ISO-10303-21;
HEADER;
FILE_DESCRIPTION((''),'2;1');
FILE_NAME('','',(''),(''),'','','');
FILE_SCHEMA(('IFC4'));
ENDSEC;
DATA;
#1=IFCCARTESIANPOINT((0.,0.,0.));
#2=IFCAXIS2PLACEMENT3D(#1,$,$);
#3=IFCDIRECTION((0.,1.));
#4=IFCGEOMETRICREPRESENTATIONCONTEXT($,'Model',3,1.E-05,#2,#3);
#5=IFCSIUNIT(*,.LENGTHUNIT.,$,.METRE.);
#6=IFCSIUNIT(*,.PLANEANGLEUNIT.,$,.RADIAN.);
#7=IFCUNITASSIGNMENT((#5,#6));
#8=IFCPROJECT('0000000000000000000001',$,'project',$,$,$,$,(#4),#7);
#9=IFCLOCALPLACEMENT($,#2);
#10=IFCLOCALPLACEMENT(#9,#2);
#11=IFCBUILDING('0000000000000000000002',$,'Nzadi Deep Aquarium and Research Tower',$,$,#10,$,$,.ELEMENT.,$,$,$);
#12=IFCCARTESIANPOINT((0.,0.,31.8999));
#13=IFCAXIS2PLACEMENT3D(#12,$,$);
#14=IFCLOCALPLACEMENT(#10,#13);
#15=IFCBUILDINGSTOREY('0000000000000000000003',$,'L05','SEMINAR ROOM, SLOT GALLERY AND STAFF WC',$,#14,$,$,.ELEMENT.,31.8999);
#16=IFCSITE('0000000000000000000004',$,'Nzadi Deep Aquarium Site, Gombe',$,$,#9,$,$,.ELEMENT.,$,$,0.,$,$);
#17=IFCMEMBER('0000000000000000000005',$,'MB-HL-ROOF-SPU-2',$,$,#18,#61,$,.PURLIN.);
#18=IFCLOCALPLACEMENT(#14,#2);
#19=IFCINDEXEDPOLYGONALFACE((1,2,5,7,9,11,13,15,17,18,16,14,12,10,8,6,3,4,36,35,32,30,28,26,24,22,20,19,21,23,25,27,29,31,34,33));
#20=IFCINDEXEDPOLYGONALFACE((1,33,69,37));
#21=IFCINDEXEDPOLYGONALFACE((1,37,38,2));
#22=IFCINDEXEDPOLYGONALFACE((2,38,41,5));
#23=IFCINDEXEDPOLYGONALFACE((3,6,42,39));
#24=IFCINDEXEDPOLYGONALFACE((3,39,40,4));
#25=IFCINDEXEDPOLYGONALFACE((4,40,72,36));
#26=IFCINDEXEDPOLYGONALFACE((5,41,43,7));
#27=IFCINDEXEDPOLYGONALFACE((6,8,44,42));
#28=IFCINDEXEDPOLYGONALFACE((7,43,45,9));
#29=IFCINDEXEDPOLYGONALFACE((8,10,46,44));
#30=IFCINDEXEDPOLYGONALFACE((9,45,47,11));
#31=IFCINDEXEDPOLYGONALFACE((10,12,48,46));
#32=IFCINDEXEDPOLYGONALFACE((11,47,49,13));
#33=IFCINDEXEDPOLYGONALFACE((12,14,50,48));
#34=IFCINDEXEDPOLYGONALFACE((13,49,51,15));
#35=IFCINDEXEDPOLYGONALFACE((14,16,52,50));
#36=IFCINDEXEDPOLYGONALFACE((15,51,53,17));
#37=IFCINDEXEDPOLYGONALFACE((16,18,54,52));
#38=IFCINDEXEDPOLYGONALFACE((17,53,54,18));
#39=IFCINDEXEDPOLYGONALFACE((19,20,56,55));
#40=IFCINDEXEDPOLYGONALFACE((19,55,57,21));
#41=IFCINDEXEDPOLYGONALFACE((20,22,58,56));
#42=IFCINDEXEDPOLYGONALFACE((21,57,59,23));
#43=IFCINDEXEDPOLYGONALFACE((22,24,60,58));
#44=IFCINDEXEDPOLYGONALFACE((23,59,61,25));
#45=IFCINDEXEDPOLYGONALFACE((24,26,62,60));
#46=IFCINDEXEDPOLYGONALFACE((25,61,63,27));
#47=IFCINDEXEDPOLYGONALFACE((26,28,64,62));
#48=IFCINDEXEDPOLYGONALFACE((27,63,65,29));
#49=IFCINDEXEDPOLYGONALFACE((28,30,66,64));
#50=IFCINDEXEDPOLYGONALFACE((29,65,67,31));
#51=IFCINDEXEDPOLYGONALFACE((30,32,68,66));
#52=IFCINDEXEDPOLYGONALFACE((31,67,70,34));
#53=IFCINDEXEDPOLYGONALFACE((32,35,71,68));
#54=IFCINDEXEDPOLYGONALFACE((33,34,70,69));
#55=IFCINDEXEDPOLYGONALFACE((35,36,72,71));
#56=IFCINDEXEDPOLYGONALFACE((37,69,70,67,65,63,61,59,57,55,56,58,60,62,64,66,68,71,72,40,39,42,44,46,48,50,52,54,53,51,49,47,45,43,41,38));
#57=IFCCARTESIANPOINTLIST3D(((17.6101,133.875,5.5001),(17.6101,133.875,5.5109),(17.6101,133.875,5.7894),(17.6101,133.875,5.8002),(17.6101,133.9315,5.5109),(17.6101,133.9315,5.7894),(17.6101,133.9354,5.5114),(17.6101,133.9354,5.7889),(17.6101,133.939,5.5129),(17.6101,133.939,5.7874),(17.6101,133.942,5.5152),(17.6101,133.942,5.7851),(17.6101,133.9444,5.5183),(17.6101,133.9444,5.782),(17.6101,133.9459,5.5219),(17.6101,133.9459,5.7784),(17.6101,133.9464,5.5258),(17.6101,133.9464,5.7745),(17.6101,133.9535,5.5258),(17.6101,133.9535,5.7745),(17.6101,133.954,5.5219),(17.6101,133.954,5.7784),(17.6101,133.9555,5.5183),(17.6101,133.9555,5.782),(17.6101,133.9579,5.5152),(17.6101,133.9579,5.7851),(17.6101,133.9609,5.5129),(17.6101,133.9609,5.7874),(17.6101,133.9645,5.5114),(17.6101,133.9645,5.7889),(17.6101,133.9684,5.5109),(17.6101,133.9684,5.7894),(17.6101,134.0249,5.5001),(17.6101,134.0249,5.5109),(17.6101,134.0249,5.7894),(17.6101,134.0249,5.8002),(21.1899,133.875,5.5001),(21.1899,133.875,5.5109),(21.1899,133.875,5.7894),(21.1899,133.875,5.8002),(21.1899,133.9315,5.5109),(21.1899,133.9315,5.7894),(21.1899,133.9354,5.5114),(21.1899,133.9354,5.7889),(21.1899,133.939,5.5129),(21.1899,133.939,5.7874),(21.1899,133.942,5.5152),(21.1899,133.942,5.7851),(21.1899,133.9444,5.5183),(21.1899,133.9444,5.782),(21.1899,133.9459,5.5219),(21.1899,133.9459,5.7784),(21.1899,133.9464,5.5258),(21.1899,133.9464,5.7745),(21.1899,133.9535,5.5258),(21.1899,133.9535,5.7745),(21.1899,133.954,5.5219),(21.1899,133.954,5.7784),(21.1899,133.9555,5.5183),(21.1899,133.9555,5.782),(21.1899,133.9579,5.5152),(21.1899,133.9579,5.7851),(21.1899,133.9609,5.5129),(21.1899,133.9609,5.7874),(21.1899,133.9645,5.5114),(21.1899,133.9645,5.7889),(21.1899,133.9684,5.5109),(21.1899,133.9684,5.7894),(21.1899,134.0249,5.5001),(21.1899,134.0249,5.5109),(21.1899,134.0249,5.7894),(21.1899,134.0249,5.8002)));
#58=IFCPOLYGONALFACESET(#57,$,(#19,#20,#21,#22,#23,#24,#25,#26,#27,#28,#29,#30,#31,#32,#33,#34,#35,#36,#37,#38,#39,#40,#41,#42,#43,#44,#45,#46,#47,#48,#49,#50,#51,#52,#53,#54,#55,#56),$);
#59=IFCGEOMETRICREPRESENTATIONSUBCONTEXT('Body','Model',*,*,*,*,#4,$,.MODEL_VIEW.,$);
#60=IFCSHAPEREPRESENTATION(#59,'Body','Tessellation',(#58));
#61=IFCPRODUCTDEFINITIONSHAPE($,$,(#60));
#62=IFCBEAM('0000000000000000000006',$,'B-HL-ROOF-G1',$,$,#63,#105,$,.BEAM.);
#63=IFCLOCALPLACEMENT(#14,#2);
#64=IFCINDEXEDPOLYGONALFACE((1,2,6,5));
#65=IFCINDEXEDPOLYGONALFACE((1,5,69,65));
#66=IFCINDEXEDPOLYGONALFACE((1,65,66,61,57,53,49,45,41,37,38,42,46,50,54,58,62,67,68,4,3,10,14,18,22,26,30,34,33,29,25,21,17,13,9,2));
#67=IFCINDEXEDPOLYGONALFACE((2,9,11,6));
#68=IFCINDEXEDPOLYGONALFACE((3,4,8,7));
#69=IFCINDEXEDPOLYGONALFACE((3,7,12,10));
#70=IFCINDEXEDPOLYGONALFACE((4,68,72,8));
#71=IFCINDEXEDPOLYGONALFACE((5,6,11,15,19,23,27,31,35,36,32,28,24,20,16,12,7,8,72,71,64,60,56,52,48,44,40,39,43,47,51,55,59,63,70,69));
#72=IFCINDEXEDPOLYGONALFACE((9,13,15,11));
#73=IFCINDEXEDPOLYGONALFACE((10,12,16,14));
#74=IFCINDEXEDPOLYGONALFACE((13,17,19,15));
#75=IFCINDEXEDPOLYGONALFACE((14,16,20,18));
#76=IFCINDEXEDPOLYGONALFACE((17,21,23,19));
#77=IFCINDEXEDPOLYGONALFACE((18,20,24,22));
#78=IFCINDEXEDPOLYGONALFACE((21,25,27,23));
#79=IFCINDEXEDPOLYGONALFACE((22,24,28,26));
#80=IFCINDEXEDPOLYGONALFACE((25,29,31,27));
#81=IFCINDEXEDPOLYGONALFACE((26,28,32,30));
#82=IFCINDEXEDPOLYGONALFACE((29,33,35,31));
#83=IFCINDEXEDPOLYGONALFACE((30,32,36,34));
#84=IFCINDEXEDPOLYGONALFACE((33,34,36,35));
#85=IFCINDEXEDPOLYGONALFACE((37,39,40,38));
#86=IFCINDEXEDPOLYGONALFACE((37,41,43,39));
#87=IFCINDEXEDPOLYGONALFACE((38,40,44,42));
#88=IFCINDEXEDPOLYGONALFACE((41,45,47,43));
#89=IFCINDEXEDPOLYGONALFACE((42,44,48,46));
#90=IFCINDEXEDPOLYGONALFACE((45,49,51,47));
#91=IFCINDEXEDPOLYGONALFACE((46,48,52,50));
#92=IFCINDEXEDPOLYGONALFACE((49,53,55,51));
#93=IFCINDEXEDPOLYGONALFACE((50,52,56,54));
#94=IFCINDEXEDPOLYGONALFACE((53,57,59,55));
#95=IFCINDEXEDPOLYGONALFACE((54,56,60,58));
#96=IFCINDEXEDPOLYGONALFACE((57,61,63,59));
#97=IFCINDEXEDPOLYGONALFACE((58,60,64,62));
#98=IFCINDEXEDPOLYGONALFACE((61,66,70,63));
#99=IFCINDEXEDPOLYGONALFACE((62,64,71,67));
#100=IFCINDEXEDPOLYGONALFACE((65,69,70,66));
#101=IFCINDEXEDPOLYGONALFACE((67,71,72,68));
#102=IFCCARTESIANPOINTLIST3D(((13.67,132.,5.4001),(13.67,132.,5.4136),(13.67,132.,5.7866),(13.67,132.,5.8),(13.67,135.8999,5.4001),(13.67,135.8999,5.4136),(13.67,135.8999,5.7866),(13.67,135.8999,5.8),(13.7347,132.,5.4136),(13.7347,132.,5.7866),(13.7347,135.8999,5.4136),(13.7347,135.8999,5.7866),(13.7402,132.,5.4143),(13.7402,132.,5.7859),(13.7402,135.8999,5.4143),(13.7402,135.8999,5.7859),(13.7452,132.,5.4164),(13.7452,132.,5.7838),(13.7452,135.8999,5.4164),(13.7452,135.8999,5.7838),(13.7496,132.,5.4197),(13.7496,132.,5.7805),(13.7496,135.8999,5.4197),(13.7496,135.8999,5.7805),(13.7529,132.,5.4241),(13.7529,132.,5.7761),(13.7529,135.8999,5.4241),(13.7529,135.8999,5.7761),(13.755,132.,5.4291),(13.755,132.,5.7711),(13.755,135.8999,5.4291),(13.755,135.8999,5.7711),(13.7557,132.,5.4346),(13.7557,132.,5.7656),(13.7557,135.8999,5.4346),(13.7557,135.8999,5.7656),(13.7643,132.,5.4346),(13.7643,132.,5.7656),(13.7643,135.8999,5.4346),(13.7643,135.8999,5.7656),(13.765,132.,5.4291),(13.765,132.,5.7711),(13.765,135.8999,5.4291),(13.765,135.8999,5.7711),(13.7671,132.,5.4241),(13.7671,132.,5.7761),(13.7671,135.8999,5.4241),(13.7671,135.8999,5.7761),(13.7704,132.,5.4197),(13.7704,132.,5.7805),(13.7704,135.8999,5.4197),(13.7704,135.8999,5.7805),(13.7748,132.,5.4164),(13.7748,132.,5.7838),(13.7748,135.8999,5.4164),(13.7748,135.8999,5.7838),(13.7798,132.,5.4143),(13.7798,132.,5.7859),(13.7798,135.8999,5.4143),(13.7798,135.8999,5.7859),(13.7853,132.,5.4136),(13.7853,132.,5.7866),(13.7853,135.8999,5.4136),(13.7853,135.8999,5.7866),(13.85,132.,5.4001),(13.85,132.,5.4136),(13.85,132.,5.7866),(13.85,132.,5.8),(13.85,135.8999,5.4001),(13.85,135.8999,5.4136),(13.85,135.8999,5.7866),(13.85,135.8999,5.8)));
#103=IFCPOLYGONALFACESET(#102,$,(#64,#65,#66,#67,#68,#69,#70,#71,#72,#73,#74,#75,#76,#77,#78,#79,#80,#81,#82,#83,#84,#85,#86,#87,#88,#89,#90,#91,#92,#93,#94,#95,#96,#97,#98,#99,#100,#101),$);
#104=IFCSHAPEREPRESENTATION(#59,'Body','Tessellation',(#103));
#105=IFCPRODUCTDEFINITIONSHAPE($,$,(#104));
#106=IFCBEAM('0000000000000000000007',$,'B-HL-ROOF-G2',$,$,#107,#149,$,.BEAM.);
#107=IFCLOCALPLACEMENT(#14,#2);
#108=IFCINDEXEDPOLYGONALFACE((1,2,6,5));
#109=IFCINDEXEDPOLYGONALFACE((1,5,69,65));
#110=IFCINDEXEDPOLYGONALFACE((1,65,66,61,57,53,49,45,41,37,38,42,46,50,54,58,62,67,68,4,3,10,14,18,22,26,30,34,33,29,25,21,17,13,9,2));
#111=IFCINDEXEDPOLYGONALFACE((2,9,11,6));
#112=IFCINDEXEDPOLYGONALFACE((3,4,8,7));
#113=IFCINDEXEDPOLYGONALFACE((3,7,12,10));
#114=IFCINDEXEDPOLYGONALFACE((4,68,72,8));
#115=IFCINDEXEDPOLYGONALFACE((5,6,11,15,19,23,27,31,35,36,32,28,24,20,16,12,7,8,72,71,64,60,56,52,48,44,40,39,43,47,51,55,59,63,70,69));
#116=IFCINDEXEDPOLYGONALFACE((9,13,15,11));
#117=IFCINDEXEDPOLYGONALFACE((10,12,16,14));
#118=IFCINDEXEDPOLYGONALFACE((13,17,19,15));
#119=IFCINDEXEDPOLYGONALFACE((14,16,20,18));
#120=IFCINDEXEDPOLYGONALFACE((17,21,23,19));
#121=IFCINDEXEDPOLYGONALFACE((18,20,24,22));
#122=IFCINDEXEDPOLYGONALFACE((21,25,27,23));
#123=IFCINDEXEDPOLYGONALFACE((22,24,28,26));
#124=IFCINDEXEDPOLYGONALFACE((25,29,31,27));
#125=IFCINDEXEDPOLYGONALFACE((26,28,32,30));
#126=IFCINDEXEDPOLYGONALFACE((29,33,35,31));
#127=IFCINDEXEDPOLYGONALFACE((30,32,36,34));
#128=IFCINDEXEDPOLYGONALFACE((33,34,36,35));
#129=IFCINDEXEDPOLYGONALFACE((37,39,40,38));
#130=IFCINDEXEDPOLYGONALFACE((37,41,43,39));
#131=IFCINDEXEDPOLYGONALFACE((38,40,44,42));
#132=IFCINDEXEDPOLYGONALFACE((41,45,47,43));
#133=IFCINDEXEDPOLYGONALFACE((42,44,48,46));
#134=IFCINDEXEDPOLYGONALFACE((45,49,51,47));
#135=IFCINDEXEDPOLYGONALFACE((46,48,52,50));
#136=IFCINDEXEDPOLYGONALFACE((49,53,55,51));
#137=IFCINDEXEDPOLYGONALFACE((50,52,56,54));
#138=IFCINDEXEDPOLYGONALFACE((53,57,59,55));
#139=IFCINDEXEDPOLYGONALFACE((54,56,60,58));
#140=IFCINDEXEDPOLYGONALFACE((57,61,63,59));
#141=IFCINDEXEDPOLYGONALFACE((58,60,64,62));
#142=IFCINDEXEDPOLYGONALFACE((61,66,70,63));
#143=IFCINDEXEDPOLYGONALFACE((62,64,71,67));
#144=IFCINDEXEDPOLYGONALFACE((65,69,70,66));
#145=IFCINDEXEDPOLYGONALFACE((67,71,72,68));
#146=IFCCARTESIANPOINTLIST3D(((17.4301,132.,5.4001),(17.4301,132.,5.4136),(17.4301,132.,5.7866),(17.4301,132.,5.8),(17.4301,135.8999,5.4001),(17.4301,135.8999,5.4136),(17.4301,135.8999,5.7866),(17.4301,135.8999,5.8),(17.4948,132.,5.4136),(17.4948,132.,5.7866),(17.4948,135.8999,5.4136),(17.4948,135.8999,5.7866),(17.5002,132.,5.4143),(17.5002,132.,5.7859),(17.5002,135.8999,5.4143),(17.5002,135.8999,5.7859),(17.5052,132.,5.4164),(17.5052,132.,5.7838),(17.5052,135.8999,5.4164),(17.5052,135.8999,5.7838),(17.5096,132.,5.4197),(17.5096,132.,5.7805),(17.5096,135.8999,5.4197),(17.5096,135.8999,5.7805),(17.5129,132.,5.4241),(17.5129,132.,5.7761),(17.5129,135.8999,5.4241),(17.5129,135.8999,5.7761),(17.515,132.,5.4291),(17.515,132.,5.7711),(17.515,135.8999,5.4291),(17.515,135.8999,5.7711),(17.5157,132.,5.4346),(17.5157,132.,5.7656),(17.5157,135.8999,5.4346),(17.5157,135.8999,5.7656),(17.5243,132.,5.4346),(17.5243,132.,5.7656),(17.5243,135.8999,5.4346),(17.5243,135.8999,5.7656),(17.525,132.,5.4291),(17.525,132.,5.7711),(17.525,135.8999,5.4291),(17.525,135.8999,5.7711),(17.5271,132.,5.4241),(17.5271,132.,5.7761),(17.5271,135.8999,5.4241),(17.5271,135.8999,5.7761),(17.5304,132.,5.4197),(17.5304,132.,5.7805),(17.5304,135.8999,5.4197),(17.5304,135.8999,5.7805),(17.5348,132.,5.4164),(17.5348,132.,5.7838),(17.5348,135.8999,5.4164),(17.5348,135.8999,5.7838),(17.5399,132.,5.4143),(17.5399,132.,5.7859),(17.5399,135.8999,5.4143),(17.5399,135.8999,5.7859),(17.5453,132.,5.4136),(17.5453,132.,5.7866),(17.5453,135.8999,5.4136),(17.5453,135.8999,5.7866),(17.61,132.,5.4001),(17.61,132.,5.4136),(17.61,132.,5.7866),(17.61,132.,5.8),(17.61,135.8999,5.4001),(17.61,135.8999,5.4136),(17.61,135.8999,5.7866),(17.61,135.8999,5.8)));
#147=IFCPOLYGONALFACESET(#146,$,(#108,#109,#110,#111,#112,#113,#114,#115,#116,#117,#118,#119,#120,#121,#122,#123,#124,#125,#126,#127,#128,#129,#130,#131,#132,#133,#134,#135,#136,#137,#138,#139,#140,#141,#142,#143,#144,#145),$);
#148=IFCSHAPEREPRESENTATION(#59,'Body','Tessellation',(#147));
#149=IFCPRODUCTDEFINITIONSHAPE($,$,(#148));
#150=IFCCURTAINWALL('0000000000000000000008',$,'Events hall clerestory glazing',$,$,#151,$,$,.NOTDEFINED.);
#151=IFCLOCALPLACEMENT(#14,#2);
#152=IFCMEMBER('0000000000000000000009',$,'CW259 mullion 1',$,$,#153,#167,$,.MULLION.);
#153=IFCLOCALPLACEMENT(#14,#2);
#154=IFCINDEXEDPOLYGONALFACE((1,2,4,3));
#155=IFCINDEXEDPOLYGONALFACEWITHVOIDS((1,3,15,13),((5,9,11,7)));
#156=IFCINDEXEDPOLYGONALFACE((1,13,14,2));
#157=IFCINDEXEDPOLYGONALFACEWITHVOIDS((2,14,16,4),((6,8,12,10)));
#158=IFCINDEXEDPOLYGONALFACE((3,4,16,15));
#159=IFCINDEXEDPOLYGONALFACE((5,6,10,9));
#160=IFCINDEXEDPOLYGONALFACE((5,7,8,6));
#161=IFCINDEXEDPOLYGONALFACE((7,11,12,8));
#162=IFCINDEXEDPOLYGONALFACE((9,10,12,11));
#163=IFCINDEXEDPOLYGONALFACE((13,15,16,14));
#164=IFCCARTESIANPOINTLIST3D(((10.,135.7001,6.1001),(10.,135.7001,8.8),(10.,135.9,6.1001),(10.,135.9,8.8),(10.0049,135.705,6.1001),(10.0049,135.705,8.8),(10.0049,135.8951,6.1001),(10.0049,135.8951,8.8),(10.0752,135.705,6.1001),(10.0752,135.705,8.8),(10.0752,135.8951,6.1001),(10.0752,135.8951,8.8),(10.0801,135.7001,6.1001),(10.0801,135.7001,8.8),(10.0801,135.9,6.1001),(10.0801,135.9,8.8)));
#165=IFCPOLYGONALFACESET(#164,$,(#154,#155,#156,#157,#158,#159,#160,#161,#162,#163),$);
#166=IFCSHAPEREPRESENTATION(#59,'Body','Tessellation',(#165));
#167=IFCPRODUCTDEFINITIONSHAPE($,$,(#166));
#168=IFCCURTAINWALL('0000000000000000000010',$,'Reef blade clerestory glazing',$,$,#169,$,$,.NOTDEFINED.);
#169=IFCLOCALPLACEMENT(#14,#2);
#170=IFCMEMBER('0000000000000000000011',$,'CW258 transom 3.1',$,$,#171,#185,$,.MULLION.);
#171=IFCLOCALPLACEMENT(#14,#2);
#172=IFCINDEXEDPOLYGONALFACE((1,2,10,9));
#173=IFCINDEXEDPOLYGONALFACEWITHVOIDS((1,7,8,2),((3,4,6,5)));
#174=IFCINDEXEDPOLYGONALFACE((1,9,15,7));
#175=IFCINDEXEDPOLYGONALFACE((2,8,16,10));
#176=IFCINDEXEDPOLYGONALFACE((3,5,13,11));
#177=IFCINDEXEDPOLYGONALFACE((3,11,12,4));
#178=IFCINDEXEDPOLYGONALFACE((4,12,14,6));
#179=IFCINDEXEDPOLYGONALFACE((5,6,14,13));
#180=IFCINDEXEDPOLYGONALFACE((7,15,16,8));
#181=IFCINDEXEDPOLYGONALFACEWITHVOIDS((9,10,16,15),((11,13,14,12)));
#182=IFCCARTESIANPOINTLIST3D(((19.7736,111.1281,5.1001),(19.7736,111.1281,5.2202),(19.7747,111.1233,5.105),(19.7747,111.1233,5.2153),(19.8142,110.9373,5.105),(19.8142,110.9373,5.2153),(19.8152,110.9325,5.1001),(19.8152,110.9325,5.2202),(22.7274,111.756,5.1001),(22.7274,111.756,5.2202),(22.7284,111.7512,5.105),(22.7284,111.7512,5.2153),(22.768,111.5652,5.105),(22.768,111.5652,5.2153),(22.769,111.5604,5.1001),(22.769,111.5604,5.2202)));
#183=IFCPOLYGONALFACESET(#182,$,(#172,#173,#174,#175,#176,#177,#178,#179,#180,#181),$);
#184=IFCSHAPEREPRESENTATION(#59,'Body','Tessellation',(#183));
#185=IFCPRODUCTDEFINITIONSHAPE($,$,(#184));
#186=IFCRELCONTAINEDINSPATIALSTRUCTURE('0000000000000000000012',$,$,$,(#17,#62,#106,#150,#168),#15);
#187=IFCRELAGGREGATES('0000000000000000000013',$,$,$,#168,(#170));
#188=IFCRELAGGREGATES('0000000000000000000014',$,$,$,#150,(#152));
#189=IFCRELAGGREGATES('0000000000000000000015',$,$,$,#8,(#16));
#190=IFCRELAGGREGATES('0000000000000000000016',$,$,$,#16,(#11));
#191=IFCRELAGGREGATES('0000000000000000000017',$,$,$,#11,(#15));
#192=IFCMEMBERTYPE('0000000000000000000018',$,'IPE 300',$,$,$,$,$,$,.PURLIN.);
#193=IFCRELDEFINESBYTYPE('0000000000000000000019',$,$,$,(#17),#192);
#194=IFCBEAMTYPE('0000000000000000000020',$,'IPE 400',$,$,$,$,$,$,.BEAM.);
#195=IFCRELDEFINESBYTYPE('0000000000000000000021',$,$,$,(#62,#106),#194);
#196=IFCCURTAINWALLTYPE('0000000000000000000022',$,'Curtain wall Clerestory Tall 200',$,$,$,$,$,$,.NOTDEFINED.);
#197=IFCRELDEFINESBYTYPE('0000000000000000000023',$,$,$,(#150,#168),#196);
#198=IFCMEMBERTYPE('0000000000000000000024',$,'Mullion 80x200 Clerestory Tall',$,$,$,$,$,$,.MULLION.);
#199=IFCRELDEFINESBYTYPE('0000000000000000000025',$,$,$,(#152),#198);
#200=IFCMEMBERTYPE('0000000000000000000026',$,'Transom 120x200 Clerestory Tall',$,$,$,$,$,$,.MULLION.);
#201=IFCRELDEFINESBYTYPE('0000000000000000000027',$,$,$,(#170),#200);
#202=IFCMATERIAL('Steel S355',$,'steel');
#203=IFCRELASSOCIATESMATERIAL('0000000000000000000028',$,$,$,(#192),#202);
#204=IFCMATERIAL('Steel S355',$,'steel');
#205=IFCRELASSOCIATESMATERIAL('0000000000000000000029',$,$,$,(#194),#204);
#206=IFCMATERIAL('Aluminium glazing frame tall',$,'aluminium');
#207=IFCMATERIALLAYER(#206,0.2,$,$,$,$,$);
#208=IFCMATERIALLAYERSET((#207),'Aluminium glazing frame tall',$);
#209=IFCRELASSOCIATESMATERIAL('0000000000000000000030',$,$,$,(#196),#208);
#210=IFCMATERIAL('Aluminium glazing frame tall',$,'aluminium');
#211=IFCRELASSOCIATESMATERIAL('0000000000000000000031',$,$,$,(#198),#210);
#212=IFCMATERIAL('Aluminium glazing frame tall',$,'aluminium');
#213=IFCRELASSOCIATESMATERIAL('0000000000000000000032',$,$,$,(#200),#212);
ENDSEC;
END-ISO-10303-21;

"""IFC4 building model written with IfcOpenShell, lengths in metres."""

from ifc_helpers import new_model, si_unit, direction, frame, origin, origin_2d, place, context, subcontext, project, spatial, hollow_rectangle, i_section, extrude, material, layer, layer_set, material_profile, profile_set, type_object, element, aggregate, save


model = new_model("IFC4")

# Units and contexts
model_context = context("Model", 3, precision=1e-05, world=origin(), true_north=direction((0.0, 1.0)))
body_context = subcontext(model_context, "Body", "Model", "MODEL_VIEW")
ifc_project = project(units=[si_unit("LENGTHUNIT", "METRE"), si_unit("PLANEANGLEUNIT", "RADIAN")], contexts=[model_context])

# Site, building, storey
site_placement = place(None, origin())
site = spatial("IfcSite", under=ifc_project, at=site_placement, Name="Nzadi Deep Aquarium Site, Gombe", CompositionType="ELEMENT", RefElevation=0.0)
building_placement = place(site_placement, origin())
building = spatial("IfcBuilding", under=site, at=building_placement, Name="Nzadi Deep Aquarium and Research Tower", CompositionType="ELEMENT")
storey_placement = place(building_placement, frame((0.0, 0.0, 31.8999)))
storey = spatial("IfcBuildingStorey", under=building, at=storey_placement, Name="L05", Description="SEMINAR ROOM, SLOT GALLERY AND STAFF WC", CompositionType="ELEMENT", Elevation=31.8999)

# Member
ifc_material_1 = material(Name="Steel S355", Category="steel")
ifc_material_profile_1 = material_profile(ifc_material_1, i_section(OverallWidth=0.1499, OverallDepth=0.3, WebThickness=0.0071, FlangeThickness=0.0107, FilletRadius=0.0149, at=origin_2d()))
ifc_profile_set_1 = profile_set([ifc_material_profile_1], Name="Steel S355")
member_type_1 = type_object("IfcMemberType", Name="IPE 300", PredefinedType="PURLIN", material=ifc_profile_set_1)
for number, where, z_axis, x_axis, name in (
    (1, (17.6101, 133.95, 5.6501), (1.0, 0.0, 0.0), (0.0, 1.0, 0.0), "MB-HL-ROOF-SPU-2"),
):
    element("IfcMember", number, at=place(storey_placement, frame(where, z_axis=z_axis, x_axis=x_axis)), inside=storey, type_object=member_type_1, Name=name, PredefinedType="PURLIN", context=body_context, shape_type="SweptSolid", body=[
        extrude(i_section(OverallWidth=0.1499, OverallDepth=0.3, WebThickness=0.0071, FlangeThickness=0.0107, FilletRadius=0.0149, at=origin_2d()), origin(), (0.0, 0.0, 1.0), 3.5798),
    ])

# Beams
ifc_material_2 = material(Name="Steel S355", Category="steel")
ifc_material_profile_2 = material_profile(ifc_material_2, i_section(OverallWidth=0.1799, OverallDepth=0.3999, WebThickness=0.0085, FlangeThickness=0.0134, FilletRadius=0.021, at=origin_2d()))
ifc_profile_set_2 = profile_set([ifc_material_profile_2], Name="Steel S355")
beam_type = type_object("IfcBeamType", Name="IPE 400", PredefinedType="BEAM", material=ifc_profile_set_2)
for number, where, z_axis, x_axis, name in (
    (2, (13.76, 132.0, 5.6001), (0.0, 1.0, 0.0), (-1.0, 0.0, 0.0), "B-HL-ROOF-G1"),
    (3, (17.52, 132.0, 5.6001), (0.0, 1.0, 0.0), (-1.0, 0.0, 0.0), "B-HL-ROOF-G2"),
):
    element("IfcBeam", number, at=place(storey_placement, frame(where, z_axis=z_axis, x_axis=x_axis)), inside=storey, type_object=beam_type, Name=name, PredefinedType="BEAM", context=body_context, shape_type="SweptSolid", body=[
        extrude(i_section(OverallWidth=0.1799, OverallDepth=0.3999, WebThickness=0.0085, FlangeThickness=0.0134, FilletRadius=0.021, at=origin_2d()), origin(), (0.0, 0.0, 1.0), 3.8999),
    ])

# Curtain wall, member
ifc_material_3 = material(Name="Aluminium glazing frame tall", Category="aluminium")
ifc_layer_1 = layer(ifc_material_3, 0.2)
ifc_layer_set_1 = layer_set([ifc_layer_1], Name="Aluminium glazing frame tall")
curtain_wall_type = type_object("IfcCurtainWallType", Name="Curtain wall Clerestory Tall 200", PredefinedType="NOTDEFINED", material=ifc_layer_set_1)
curtain_wall_1_placement = place(storey_placement, origin())
curtain_wall_1 = element("IfcCurtainWall", 4, at=curtain_wall_1_placement, inside=storey, type_object=curtain_wall_type, Name="Events hall clerestory glazing", PredefinedType="NOTDEFINED")
ifc_material_4 = material(Name="Aluminium glazing frame tall", Category="aluminium")
ifc_material_profile_3 = material_profile(ifc_material_4, hollow_rectangle(XDim=0.2, YDim=0.0801, WallThickness=0.0049, at=origin_2d()))
ifc_profile_set_3 = profile_set([ifc_material_profile_3], Name="Aluminium glazing frame tall")
member_type_2 = type_object("IfcMemberType", Name="Mullion 80x200 Clerestory Tall", PredefinedType="MULLION", material=ifc_profile_set_3)
member_1_placement = place(storey_placement, frame((10.04, 135.8, 6.1001), z_axis=(0.0, 0.0, 1.0), x_axis=(0.0, 1.0, 0.0)))
member_1 = element("IfcMember", 5, at=member_1_placement, type_object=member_type_2, Name="CW259 mullion 1", PredefinedType="MULLION", context=body_context, shape_type="SweptSolid", body=[
    extrude(hollow_rectangle(XDim=0.2, YDim=0.0801, WallThickness=0.0049, at=origin_2d()), origin(), (0.0, 0.0, 1.0), 2.7),
])

# Curtain wall, member
curtain_wall_2_placement = place(storey_placement, origin())
curtain_wall_2 = element("IfcCurtainWall", 6, at=curtain_wall_2_placement, inside=storey, type_object=curtain_wall_type, Name="Reef blade clerestory glazing", PredefinedType="NOTDEFINED")
ifc_material_5 = material(Name="Aluminium glazing frame tall", Category="aluminium")
ifc_material_profile_4 = material_profile(ifc_material_5, hollow_rectangle(XDim=0.2, YDim=0.1201, WallThickness=0.0049, at=origin_2d()))
ifc_profile_set_4 = profile_set([ifc_material_profile_4], Name="Aluminium glazing frame tall")
member_type_3 = type_object("IfcMemberType", Name="Transom 120x200 Clerestory Tall", PredefinedType="MULLION", material=ifc_profile_set_4)
member_2_placement = place(storey_placement, frame((19.7944, 111.0303, 5.1602), z_axis=(0.978143, 0.207933, 0.0), x_axis=(-0.207933, 0.978143, 0.0)))
member_2 = element("IfcMember", 7, at=member_2_placement, type_object=member_type_3, Name="CW258 transom 3.1", PredefinedType="MULLION", context=body_context, shape_type="SweptSolid", body=[
    extrude(hollow_rectangle(XDim=0.2, YDim=0.1201, WallThickness=0.0049, at=origin_2d()), origin(), (0.0, 0.0, 1.0), 3.0198),
])
aggregate(curtain_wall_2, [member_2])

aggregate(curtain_wall_1, [member_1])

save(model, "model.ifc")
